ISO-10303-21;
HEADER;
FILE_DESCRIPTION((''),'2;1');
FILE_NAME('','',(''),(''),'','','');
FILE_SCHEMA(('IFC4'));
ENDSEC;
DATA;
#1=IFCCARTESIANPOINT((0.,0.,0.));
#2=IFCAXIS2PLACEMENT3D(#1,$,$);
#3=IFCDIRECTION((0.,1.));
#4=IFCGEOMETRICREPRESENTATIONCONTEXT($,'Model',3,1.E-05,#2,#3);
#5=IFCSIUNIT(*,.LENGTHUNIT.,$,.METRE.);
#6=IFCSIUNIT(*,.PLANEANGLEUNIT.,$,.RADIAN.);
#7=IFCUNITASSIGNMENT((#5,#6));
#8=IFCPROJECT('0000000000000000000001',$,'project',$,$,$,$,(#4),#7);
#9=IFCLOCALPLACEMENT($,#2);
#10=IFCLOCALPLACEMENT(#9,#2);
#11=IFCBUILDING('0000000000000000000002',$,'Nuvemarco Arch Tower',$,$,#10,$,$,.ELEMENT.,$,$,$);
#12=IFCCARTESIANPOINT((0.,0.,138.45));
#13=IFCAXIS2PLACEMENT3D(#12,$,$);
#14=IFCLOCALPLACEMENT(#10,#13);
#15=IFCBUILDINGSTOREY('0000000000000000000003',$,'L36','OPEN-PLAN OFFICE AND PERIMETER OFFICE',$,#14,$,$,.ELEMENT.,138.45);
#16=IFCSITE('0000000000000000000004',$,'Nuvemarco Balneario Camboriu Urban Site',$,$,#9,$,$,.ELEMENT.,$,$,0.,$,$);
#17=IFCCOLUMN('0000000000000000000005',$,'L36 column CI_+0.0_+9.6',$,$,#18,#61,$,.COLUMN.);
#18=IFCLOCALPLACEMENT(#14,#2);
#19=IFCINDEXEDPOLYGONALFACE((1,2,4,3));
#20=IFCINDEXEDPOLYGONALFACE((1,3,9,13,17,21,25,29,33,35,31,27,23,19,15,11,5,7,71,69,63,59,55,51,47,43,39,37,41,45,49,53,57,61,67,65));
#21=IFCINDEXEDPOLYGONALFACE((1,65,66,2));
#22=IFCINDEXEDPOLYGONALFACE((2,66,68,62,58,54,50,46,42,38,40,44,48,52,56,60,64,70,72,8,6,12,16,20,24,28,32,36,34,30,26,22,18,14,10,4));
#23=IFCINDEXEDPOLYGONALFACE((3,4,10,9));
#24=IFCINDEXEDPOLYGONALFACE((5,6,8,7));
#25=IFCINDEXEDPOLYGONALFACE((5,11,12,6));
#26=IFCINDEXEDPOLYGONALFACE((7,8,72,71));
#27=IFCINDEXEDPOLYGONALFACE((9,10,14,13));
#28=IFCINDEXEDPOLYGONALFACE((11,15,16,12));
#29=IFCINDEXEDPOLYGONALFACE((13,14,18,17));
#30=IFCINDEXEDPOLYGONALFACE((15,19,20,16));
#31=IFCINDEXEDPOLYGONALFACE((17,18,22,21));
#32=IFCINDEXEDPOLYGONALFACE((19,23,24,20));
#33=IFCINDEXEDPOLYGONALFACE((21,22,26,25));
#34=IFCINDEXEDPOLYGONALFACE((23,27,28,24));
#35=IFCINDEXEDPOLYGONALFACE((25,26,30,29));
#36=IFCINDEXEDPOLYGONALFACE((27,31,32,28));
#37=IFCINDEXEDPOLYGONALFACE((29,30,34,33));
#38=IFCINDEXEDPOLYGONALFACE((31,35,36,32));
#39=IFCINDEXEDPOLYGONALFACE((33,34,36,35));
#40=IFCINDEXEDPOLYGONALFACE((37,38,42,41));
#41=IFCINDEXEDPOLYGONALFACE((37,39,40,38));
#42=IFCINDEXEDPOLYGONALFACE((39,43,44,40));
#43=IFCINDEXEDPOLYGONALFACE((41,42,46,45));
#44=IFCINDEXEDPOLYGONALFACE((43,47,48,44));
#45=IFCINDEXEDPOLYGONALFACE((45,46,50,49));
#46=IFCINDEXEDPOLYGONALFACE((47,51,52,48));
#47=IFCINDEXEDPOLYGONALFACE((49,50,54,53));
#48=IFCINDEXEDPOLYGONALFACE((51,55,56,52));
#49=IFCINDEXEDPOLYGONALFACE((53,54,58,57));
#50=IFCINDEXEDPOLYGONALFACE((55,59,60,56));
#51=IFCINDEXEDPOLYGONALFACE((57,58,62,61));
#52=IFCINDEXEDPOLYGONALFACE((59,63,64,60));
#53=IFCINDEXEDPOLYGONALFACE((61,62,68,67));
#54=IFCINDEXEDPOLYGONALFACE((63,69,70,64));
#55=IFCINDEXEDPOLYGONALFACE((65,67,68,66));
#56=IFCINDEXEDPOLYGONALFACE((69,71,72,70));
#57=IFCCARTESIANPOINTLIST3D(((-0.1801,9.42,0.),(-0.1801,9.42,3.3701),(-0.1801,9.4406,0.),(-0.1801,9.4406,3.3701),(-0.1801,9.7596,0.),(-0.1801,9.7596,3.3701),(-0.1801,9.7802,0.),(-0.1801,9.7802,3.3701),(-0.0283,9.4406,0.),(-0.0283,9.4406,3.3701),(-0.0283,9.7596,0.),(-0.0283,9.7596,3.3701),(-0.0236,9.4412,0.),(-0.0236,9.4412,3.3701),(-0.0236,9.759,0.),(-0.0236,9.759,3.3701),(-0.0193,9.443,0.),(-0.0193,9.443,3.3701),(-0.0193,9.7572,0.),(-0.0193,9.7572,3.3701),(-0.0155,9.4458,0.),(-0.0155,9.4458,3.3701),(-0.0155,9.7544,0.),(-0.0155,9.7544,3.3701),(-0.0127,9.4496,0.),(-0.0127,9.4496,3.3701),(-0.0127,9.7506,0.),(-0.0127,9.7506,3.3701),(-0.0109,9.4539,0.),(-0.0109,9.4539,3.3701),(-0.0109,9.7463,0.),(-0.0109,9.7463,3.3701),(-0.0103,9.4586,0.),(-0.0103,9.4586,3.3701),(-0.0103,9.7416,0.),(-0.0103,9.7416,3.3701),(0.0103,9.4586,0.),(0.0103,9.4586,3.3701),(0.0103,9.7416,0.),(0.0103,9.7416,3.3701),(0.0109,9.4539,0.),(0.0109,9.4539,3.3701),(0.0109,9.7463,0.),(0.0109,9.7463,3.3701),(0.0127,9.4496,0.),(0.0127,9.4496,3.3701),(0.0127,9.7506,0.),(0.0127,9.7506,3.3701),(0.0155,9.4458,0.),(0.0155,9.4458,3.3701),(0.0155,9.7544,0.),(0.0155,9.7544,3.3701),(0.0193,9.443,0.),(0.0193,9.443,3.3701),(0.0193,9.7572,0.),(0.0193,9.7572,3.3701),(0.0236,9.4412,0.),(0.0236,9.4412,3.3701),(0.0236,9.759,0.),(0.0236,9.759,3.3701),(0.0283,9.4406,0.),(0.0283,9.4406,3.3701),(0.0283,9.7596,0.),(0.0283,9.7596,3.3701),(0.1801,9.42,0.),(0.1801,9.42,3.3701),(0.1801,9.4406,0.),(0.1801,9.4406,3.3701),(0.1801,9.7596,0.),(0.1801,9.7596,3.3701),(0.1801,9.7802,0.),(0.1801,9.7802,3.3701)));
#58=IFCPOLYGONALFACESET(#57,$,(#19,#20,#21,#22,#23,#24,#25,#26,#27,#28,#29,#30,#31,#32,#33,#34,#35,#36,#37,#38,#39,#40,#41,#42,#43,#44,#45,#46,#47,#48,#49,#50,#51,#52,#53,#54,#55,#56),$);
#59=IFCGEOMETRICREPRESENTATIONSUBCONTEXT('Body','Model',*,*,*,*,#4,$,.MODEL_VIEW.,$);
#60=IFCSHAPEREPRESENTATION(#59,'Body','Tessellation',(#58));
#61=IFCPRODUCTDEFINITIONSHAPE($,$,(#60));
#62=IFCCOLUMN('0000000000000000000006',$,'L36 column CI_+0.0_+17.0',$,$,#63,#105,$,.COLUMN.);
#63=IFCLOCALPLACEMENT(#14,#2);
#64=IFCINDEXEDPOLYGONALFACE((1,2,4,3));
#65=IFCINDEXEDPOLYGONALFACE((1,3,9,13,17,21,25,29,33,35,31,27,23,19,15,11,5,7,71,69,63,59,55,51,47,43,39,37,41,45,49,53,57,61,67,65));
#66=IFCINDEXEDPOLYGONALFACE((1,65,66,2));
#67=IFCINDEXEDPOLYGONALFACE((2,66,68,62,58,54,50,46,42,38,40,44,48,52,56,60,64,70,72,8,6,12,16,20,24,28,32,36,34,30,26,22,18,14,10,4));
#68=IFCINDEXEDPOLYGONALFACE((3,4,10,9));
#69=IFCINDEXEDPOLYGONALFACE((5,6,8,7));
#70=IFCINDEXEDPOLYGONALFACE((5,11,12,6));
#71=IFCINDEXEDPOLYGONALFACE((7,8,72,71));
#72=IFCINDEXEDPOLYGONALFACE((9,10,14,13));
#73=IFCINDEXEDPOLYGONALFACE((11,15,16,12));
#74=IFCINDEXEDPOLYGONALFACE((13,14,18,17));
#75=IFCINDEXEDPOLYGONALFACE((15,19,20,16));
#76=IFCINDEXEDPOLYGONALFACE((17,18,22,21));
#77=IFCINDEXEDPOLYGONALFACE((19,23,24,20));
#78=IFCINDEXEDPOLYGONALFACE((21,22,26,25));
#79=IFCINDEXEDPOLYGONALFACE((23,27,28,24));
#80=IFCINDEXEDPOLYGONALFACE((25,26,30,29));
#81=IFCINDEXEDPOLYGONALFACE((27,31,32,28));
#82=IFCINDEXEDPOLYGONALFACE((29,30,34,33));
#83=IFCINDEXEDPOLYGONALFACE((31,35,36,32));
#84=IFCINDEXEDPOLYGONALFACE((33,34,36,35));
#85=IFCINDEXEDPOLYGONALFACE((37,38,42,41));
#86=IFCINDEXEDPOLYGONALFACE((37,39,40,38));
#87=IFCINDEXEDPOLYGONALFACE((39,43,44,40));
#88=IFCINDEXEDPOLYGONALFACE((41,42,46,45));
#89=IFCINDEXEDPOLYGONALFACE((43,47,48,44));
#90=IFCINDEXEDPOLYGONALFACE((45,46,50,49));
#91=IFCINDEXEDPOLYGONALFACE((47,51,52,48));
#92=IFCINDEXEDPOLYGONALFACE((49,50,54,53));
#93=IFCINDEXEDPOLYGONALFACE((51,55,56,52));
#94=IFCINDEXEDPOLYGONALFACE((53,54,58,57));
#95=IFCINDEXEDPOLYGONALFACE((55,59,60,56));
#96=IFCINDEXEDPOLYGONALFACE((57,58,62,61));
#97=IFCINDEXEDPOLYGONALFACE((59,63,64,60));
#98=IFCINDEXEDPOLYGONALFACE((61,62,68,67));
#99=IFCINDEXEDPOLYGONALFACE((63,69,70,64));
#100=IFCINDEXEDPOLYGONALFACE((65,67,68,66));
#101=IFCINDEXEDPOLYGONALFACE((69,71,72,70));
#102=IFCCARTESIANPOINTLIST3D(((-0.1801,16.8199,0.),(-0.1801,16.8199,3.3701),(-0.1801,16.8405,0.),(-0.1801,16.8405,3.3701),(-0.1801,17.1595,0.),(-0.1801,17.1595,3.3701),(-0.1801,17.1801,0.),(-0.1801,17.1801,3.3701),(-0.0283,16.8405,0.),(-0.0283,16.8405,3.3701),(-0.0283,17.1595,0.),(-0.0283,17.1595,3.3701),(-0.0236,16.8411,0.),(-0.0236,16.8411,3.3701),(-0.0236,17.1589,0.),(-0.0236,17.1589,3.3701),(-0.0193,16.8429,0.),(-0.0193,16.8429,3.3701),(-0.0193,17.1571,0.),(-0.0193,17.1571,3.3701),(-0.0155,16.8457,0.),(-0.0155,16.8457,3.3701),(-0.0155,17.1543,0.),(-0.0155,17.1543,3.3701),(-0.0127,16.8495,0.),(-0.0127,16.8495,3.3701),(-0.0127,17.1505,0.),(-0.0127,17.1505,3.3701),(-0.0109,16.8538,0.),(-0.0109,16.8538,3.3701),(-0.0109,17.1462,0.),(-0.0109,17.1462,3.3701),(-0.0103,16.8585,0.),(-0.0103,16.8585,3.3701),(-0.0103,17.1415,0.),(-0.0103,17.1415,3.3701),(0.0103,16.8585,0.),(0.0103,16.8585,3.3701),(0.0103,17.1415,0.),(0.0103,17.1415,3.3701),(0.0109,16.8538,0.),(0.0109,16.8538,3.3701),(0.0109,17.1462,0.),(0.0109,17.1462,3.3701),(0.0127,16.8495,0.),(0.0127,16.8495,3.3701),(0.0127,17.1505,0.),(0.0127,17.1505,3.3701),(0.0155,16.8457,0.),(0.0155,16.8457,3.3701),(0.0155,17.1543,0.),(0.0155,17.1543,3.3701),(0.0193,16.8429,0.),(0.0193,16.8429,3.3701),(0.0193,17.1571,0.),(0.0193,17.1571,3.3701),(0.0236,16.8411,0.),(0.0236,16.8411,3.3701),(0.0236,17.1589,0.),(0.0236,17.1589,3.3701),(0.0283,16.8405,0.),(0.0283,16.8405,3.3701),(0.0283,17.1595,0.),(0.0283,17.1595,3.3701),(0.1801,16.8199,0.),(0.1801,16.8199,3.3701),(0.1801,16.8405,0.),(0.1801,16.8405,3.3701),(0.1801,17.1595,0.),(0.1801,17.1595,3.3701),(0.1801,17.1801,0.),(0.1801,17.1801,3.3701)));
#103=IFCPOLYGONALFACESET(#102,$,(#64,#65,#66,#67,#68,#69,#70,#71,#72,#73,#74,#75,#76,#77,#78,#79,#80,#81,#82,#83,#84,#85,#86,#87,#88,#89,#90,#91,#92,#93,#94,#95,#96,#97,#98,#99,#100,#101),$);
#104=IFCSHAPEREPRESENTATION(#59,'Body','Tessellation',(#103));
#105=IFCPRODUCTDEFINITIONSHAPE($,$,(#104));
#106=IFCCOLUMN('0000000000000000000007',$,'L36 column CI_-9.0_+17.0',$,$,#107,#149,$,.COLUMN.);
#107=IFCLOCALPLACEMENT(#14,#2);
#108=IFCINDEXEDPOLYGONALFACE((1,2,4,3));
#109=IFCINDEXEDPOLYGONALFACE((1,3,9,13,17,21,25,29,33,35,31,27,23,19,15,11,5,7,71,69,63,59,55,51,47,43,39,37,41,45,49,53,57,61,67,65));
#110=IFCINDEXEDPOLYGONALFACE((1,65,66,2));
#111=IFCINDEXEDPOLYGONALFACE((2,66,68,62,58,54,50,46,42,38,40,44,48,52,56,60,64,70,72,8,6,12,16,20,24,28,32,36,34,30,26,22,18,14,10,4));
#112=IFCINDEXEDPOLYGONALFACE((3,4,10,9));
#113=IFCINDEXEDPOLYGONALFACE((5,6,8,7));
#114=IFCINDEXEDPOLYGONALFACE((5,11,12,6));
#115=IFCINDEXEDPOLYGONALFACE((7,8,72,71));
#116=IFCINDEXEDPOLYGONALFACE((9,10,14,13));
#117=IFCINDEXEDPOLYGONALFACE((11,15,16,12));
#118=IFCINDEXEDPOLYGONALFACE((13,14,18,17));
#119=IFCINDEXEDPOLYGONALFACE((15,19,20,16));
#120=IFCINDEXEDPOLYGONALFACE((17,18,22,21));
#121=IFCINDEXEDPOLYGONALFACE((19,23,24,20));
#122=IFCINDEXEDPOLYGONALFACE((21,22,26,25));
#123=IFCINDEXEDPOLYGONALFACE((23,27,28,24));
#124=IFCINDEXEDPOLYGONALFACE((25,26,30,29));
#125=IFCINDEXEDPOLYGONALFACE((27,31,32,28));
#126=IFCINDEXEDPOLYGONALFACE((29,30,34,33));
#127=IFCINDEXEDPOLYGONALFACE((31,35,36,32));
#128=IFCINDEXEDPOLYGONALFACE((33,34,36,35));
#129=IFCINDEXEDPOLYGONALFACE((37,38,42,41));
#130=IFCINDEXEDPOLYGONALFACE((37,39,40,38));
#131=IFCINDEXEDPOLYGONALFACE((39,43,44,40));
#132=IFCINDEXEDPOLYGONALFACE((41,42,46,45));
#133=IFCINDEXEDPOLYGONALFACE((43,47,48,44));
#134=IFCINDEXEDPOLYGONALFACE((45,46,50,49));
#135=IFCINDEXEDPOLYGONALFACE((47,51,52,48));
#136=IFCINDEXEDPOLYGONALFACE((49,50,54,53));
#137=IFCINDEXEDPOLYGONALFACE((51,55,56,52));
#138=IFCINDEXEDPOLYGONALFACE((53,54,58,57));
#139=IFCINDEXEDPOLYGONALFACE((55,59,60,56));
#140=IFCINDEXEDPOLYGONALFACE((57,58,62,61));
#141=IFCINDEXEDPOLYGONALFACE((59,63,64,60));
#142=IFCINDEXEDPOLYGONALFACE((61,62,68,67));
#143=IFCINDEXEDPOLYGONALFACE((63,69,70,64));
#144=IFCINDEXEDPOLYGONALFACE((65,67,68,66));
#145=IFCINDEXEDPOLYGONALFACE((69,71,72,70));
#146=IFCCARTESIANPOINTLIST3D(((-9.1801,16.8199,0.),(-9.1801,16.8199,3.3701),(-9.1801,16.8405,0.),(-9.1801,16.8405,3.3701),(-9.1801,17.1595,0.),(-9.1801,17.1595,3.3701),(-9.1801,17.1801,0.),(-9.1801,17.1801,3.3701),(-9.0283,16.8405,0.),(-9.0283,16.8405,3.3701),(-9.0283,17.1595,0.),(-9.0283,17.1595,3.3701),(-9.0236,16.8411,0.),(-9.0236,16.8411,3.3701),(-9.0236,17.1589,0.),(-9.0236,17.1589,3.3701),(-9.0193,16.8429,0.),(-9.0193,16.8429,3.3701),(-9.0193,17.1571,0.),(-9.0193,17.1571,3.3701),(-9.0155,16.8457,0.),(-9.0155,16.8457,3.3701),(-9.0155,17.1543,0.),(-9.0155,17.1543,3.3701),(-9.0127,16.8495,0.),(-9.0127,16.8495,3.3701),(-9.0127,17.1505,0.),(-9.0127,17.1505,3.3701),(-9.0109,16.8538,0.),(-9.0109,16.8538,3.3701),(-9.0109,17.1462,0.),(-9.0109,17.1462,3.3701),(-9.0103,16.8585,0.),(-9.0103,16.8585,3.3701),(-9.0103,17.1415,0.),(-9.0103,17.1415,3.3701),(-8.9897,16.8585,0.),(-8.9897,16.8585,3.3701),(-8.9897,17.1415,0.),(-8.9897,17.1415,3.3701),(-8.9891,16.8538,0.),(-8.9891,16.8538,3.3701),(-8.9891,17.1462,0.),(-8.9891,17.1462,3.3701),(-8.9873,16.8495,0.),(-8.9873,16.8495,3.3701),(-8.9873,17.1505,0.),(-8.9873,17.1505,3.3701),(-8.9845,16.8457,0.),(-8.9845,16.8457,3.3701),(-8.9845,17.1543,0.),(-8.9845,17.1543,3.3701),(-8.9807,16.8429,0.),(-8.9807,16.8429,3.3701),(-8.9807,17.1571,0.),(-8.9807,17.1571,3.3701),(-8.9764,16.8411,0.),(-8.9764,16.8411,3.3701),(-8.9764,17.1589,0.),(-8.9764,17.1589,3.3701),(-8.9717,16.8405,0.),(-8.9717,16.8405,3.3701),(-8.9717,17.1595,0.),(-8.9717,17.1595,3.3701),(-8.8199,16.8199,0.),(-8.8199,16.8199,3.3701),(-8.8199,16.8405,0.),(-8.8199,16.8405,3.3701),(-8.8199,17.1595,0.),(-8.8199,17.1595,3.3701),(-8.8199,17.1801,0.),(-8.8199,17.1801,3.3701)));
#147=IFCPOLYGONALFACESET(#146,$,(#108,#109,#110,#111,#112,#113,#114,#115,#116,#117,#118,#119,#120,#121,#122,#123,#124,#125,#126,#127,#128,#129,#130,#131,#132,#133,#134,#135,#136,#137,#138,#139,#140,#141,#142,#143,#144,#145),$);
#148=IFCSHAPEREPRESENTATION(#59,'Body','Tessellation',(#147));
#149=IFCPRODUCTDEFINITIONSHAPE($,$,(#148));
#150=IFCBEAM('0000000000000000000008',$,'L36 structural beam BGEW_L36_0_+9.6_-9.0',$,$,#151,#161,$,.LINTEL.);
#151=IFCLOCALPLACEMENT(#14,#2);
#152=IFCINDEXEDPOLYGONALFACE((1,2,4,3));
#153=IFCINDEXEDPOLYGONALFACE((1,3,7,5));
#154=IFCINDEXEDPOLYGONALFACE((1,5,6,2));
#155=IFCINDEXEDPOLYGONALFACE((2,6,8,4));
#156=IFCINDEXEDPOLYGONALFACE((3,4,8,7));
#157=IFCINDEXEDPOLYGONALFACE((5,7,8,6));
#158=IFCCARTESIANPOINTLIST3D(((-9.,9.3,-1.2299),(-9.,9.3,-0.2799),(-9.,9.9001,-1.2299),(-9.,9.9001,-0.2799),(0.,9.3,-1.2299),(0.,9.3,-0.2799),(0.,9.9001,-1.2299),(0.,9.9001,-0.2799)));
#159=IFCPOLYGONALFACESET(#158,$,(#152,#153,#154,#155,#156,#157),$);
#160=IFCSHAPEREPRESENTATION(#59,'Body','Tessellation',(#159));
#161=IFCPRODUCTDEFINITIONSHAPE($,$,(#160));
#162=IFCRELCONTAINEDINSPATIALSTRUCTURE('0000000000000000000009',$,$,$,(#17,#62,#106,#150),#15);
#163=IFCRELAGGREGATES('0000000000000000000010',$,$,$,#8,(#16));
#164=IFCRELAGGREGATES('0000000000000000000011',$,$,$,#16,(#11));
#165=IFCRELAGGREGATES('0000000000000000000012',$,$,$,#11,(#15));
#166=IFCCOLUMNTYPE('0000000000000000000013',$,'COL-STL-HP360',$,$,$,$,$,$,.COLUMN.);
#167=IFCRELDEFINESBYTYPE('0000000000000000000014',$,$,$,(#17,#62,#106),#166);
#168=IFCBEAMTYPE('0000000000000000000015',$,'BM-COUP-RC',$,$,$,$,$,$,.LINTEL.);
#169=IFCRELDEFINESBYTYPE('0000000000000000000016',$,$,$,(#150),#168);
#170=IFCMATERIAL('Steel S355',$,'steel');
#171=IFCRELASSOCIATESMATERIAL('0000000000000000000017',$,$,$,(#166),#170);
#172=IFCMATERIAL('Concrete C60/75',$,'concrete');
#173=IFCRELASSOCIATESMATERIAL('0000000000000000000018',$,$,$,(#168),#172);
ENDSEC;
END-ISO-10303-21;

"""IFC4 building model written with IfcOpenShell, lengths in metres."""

from ifc_helpers import new_model, si_unit, direction, frame, origin, origin_2d, place, context, subcontext, project, spatial, rectangle, i_section, extrude, material, material_profile, profile_set, type_object, element, save


model = new_model("IFC4")

# Units and contexts
model_context = context("Model", 3, precision=1e-05, world=origin(), true_north=direction((0.0, 1.0)))
body_context = subcontext(model_context, "Body", "Model", "MODEL_VIEW")
ifc_project = project(units=[si_unit("LENGTHUNIT", "METRE"), si_unit("PLANEANGLEUNIT", "RADIAN")], contexts=[model_context])

# Site, building, storey
site_placement = place(None, origin())
site = spatial("IfcSite", under=ifc_project, at=site_placement, Name="Nuvemarco Balneario Camboriu Urban Site", CompositionType="ELEMENT", RefElevation=0.0)
building_placement = place(site_placement, origin())
building = spatial("IfcBuilding", under=site, at=building_placement, Name="Nuvemarco Arch Tower", CompositionType="ELEMENT")
storey_placement = place(building_placement, frame((0.0, 0.0, 138.45)))
storey = spatial("IfcBuildingStorey", under=building, at=storey_placement, Name="L36", Description="OPEN-PLAN OFFICE AND PERIMETER OFFICE", CompositionType="ELEMENT", Elevation=138.45)

# Columns
ifc_material_1 = material(Name="Steel S355", Category="steel")
ifc_material_profile_1 = material_profile(ifc_material_1, i_section(OverallWidth=0.3601, OverallDepth=0.3601, WebThickness=0.0205, FlangeThickness=0.0205, FilletRadius=0.0181, at=origin_2d()), Name="HP360x174")
ifc_profile_set_1 = profile_set([ifc_material_profile_1], Name="Steel S355")
column_type_1 = type_object("IfcColumnType", Name="COL-STL-HP360", PredefinedType="COLUMN", material=ifc_profile_set_1)
for number, where, z_axis, x_axis, name in (
    (1, (0.0, 9.6001, 0.0), (0.0, 0.0, 1.0), (1.0, 0.0, 0.0), "L36 column CI_+0.0_+9.6"),
    (2, (0.0, 17.0, 0.0), (0.0, 0.0, 1.0), (1.0, 0.0, 0.0), "L36 column CI_+0.0_+17.0"),
    (3, (-9.0, 17.0, 0.0), (0.0, 0.0, 1.0), (1.0, 0.0, 0.0), "L36 column CI_-9.0_+17.0"),
):
    element("IfcColumn", number, at=place(storey_placement, frame(where, z_axis=z_axis, x_axis=x_axis)), inside=storey, type_object=column_type_1, Name=name, PredefinedType="COLUMN", context=body_context, shape_type="SweptSolid", body=[
        extrude(i_section(OverallWidth=0.3601, OverallDepth=0.3601, WebThickness=0.0205, FlangeThickness=0.0205, FilletRadius=0.0181, at=origin_2d()), origin(), (0.0, 0.0, 1.0), 3.3701),
    ])

# Beam
ifc_material_2 = material(Name="Concrete C60/75", Category="concrete")
ifc_material_profile_2 = material_profile(ifc_material_2, rectangle(XDim=0.6001, YDim=0.95, at=origin_2d()), Name="RC-BM-600x950")
ifc_profile_set_2 = profile_set([ifc_material_profile_2], Name="Concrete C60/75")
beam_type_1 = type_object("IfcBeamType", Name="BM-COUP-RC", PredefinedType="LINTEL", material=ifc_profile_set_2)
beam_1_placement = place(storey_placement, frame((-9.0, 9.6001, -0.7549), z_axis=(1.0, 0.0, 0.0), x_axis=(0.0, 1.0, 0.0)))
element("IfcBeam", 4, at=beam_1_placement, inside=storey, type_object=beam_type_1, Name="L36 structural beam BGEW_L36_0_+9.6_-9.0", PredefinedType="LINTEL", context=body_context, shape_type="SweptSolid", body=[
    extrude(rectangle(XDim=0.6001, YDim=0.95, at=origin_2d()), origin(), (0.0, 0.0, 1.0), 9.0),
])

save(model, "model.ifc")
